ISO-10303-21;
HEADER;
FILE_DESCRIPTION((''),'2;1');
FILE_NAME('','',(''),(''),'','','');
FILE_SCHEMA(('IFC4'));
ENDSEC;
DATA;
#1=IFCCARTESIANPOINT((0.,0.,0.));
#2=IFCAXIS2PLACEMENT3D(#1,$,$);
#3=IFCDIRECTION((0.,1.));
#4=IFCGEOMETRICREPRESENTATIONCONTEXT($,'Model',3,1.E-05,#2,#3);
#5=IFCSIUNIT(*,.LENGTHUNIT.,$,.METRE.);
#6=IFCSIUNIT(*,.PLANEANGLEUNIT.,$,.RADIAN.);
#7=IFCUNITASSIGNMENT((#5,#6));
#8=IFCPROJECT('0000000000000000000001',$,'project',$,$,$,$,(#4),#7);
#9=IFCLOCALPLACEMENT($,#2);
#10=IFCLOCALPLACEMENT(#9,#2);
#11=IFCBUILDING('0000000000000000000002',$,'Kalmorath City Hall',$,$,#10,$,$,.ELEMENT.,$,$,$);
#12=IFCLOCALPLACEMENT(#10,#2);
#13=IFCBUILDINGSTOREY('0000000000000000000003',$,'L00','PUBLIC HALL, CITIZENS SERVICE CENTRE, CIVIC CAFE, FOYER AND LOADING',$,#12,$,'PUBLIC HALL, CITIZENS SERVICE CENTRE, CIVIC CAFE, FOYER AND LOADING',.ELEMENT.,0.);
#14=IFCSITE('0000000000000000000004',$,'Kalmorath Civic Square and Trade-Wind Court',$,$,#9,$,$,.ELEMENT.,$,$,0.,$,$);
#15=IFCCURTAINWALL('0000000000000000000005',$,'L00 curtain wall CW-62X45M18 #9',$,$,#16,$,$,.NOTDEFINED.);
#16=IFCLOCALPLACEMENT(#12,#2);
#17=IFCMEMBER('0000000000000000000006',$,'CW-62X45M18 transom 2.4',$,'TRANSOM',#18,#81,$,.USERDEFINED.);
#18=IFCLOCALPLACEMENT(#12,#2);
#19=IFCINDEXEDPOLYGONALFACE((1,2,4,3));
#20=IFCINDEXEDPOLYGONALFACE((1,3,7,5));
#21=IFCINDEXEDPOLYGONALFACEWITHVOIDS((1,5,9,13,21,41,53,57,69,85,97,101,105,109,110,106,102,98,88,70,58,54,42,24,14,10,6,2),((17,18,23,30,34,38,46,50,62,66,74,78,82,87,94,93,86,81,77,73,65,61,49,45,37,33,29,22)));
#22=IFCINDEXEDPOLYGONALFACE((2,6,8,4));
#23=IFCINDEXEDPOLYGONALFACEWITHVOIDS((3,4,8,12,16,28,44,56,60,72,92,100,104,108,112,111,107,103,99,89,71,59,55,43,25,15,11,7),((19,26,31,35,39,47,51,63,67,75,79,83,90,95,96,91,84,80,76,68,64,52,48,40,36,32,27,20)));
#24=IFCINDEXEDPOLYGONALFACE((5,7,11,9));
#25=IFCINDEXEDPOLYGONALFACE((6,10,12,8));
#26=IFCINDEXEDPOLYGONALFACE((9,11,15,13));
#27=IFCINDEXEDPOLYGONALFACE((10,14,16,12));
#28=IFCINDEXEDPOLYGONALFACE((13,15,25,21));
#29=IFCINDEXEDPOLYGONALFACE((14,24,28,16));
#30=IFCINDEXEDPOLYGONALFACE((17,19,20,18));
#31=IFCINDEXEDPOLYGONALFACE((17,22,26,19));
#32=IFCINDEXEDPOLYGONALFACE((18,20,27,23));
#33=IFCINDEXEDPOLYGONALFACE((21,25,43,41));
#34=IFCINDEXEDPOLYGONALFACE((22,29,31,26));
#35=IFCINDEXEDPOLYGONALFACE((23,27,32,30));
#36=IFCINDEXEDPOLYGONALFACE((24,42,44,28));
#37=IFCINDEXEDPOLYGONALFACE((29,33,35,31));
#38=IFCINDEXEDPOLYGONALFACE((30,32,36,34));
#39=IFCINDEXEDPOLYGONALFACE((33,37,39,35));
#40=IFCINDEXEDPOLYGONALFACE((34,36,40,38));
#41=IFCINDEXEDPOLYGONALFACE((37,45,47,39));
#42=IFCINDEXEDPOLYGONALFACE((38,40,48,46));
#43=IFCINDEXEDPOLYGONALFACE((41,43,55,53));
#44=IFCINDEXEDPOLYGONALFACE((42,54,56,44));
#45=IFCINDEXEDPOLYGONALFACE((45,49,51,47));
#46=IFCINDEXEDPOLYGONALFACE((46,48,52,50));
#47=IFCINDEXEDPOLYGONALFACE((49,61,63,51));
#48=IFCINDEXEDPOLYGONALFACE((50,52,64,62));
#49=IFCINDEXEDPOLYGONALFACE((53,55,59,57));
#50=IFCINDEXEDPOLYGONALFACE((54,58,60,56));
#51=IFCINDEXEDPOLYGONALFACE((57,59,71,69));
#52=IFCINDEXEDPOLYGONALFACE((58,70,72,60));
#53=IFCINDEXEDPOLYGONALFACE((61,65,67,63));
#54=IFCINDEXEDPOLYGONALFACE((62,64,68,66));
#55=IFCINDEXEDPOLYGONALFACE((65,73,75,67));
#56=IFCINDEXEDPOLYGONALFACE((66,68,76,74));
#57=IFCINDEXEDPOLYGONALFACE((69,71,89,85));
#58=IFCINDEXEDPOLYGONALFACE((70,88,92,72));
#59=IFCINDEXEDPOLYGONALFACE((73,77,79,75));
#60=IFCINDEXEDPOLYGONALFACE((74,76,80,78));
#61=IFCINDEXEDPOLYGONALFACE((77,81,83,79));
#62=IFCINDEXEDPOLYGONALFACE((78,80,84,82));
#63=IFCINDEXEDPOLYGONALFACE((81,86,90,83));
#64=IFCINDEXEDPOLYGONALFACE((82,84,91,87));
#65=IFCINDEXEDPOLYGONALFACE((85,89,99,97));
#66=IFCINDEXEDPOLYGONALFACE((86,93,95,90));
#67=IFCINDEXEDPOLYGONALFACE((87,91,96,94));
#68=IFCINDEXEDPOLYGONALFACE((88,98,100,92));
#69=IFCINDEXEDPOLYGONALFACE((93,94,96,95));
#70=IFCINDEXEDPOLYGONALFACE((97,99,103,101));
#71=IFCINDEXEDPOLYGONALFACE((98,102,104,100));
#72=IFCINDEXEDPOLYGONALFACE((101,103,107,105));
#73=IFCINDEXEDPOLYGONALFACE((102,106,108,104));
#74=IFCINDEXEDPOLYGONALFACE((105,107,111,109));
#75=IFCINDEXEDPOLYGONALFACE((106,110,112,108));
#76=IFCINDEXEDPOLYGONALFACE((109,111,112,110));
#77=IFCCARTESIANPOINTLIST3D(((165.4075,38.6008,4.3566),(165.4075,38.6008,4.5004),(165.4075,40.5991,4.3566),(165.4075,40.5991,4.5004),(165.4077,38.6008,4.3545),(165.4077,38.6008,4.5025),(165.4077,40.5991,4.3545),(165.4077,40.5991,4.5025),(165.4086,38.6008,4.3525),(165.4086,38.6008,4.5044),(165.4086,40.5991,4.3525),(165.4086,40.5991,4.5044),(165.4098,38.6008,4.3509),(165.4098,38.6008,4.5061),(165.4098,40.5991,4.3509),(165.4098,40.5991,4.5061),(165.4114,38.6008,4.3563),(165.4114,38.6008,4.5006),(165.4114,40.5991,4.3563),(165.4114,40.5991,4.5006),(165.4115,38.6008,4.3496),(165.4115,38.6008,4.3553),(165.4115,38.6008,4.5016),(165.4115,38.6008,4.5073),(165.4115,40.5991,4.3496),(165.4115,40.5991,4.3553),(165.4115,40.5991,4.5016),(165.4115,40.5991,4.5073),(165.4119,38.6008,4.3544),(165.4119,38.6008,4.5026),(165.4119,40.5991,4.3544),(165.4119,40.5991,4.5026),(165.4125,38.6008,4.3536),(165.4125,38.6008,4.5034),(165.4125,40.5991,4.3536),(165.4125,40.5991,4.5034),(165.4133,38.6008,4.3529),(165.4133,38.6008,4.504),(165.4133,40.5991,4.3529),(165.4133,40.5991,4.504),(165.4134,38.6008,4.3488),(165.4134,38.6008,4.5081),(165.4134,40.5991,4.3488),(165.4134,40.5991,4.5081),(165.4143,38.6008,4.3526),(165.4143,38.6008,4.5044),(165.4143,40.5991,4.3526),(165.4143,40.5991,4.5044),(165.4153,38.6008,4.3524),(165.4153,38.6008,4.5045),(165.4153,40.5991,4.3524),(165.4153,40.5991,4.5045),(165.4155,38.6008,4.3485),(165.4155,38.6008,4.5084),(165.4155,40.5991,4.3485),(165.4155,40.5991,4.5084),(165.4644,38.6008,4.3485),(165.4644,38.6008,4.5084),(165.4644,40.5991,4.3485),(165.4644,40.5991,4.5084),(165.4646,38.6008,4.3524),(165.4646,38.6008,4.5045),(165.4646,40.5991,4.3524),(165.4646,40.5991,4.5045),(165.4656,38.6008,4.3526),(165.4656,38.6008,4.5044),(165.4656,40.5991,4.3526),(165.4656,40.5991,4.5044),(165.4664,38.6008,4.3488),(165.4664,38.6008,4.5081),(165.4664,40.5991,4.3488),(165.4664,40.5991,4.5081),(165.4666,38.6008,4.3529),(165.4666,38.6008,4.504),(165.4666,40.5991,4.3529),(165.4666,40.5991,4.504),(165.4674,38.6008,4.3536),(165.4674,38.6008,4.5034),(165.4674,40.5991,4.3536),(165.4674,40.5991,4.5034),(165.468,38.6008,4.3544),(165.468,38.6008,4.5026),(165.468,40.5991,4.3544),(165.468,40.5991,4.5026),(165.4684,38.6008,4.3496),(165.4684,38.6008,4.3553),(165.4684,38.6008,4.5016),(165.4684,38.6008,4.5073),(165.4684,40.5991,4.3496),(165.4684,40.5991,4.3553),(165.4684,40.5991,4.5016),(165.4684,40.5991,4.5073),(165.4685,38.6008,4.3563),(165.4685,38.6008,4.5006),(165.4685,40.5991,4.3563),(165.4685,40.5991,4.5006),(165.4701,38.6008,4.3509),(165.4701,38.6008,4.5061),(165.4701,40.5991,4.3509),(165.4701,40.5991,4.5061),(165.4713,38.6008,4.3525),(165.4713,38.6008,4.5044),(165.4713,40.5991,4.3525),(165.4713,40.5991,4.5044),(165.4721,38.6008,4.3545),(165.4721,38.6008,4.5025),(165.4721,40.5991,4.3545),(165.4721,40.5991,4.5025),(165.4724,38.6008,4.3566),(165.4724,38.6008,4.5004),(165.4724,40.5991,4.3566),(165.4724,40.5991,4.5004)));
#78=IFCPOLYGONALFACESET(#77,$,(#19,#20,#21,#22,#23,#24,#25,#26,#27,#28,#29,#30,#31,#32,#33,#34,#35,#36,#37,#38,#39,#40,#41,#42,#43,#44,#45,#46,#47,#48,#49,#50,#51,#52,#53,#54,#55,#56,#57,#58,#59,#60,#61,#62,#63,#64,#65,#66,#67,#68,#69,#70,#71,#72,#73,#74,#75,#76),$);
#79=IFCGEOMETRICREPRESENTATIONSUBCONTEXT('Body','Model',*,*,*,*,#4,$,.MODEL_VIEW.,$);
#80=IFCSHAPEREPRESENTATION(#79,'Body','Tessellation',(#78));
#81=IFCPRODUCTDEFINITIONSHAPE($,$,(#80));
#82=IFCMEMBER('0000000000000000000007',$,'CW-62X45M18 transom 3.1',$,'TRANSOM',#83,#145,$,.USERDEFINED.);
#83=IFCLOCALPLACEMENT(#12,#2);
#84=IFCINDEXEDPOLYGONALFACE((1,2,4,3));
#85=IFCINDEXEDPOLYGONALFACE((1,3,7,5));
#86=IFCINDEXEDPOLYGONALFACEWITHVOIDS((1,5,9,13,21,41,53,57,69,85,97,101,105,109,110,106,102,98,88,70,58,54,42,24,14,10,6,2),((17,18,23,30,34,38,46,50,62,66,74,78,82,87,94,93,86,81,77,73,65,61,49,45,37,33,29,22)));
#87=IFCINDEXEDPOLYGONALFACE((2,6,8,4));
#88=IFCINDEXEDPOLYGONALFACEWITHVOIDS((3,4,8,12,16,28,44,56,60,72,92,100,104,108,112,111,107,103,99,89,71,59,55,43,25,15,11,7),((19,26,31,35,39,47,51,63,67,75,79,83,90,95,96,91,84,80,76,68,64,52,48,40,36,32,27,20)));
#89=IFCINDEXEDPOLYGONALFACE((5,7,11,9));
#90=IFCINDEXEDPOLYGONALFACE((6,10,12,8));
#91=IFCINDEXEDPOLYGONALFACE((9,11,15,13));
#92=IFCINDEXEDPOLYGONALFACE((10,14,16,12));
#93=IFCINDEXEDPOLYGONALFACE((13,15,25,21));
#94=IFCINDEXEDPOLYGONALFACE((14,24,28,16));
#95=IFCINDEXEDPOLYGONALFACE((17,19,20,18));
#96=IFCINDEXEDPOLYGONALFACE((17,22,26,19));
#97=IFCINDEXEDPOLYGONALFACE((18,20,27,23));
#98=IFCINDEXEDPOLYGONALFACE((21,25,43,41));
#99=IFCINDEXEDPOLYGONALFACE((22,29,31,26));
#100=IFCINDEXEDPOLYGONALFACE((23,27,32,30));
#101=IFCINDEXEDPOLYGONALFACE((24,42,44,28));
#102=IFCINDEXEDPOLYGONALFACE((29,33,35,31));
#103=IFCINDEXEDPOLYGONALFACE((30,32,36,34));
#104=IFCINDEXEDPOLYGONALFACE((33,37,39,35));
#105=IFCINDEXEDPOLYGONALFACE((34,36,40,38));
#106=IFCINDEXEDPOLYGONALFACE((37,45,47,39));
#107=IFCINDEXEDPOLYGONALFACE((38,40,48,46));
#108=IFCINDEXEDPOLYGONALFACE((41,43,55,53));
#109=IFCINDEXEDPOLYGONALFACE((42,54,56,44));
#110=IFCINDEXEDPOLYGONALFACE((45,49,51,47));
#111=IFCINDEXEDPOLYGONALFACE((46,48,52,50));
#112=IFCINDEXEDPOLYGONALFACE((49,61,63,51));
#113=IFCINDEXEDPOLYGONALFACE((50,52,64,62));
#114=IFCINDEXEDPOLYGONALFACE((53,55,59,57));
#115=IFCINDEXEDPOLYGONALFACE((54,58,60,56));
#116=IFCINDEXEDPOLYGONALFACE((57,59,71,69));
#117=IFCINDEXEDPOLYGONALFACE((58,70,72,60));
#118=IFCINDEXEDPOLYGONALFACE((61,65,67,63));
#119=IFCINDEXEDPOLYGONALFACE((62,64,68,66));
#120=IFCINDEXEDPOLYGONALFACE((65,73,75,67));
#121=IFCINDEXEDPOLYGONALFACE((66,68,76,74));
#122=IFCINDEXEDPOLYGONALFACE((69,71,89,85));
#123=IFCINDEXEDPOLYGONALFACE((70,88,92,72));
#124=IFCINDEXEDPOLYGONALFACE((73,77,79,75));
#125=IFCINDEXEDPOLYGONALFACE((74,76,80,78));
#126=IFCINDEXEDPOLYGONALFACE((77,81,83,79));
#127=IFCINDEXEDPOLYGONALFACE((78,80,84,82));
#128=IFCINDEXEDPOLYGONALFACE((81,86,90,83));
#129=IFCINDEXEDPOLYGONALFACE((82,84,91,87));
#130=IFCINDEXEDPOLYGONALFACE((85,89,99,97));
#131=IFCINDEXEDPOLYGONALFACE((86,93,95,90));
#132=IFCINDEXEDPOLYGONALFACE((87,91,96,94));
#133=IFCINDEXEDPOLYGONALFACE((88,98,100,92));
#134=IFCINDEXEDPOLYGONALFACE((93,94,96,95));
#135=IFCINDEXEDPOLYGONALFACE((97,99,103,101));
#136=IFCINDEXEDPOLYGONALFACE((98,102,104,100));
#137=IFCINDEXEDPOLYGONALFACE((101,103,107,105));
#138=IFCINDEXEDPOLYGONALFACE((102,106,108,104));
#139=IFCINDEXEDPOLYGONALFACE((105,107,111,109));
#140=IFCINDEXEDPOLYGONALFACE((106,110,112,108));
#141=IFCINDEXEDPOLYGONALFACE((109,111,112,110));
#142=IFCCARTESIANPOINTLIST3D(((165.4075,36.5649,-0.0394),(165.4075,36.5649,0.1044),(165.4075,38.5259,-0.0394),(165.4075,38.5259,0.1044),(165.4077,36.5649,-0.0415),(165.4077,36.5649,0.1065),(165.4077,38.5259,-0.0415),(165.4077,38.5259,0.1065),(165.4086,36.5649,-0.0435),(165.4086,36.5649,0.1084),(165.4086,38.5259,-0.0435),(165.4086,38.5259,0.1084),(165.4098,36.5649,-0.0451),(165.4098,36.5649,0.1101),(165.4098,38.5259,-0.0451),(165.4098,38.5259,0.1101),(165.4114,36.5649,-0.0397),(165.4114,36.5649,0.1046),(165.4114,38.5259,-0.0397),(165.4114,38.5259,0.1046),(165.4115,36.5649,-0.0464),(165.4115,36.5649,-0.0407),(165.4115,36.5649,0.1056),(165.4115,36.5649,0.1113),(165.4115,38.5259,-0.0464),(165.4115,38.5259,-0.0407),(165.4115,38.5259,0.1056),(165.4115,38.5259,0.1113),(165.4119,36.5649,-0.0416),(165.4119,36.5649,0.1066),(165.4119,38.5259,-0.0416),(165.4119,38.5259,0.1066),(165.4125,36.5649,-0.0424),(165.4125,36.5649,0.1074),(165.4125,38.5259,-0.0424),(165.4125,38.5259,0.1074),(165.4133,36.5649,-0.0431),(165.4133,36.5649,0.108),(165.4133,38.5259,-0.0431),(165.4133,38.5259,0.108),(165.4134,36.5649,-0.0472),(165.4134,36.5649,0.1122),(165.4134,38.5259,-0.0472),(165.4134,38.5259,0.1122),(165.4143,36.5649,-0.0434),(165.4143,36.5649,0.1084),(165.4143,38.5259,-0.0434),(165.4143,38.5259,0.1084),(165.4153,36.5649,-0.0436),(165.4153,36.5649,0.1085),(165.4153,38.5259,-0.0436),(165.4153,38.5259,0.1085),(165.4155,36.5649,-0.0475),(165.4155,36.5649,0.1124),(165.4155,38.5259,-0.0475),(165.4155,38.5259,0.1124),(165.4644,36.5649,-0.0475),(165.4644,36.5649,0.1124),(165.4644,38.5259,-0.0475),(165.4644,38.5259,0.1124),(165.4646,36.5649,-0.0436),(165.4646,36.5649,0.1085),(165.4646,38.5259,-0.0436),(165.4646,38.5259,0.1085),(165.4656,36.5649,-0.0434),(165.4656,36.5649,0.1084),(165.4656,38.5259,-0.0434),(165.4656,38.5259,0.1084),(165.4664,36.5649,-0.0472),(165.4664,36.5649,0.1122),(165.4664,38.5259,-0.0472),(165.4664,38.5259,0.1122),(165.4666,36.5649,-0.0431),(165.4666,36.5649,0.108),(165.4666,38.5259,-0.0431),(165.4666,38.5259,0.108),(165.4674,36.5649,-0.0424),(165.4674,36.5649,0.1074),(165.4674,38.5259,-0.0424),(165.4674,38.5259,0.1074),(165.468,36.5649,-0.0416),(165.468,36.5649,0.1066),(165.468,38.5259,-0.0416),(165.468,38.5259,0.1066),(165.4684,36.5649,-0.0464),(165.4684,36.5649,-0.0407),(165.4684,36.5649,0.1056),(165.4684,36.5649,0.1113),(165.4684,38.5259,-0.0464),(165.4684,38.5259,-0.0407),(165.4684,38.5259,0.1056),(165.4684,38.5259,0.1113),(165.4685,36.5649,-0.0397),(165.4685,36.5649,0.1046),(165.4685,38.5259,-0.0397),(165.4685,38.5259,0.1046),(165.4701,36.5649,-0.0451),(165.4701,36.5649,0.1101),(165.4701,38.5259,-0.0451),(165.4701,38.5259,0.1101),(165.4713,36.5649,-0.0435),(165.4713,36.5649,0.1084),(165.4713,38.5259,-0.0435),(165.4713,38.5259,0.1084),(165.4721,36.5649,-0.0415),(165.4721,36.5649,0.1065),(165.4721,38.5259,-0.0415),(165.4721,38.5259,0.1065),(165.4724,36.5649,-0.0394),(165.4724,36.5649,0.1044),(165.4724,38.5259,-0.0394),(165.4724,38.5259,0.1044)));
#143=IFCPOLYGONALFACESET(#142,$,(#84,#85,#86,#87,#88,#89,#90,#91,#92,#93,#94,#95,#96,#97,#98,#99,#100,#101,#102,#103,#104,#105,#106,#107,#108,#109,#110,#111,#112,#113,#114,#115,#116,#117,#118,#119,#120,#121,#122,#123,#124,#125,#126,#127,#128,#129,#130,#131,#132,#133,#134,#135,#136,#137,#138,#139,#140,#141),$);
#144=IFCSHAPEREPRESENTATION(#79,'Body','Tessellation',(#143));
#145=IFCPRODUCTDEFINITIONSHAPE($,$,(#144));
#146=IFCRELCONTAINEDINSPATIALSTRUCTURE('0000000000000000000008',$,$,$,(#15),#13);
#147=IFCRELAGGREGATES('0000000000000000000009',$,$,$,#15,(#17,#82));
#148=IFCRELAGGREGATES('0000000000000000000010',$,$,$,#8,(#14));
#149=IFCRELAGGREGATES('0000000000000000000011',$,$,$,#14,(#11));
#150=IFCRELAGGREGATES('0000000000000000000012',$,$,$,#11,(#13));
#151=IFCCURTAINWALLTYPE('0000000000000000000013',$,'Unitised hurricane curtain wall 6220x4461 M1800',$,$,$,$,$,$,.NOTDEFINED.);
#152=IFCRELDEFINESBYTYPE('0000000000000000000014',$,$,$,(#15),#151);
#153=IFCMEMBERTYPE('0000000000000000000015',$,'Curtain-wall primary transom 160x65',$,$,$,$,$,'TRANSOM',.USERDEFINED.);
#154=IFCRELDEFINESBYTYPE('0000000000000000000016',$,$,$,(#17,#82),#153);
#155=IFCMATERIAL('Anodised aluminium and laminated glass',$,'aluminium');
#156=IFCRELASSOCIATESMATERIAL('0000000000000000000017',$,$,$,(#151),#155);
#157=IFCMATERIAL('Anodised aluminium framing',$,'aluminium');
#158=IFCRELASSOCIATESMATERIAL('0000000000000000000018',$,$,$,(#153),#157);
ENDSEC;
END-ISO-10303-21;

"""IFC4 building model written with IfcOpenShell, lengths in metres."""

from ifc_helpers import new_model, si_unit, direction, frame, origin, origin_2d, place, context, subcontext, project, spatial, hollow_rectangle, extrude, material, material_profile, profile_set, type_object, element, aggregate, save


model = new_model("IFC4")

# Units and contexts
model_context = context("Model", 3, precision=1e-05, world=origin(), true_north=direction((0.0, 1.0)))
body_context = subcontext(model_context, "Body", "Model", "MODEL_VIEW")
ifc_project = project(units=[si_unit("LENGTHUNIT", "METRE"), si_unit("PLANEANGLEUNIT", "RADIAN")], contexts=[model_context])

# Site, building, storey
site_placement = place(None, origin())
site = spatial("IfcSite", under=ifc_project, at=site_placement, Name="Kalmorath Civic Square and Trade-Wind Court", CompositionType="ELEMENT", RefElevation=0.0)
building_placement = place(site_placement, origin())
building = spatial("IfcBuilding", under=site, at=building_placement, Name="Kalmorath City Hall", CompositionType="ELEMENT")
storey_placement = place(building_placement, origin())
storey = spatial("IfcBuildingStorey", under=building, at=storey_placement, Name="L00", Description="PUBLIC HALL, CITIZENS SERVICE CENTRE, CIVIC CAFE, FOYER AND LOADING", LongName="PUBLIC HALL, CITIZENS SERVICE CENTRE, CIVIC CAFE, FOYER AND LOADING", CompositionType="ELEMENT", Elevation=0.0)

# Curtain wall, members
ifc_material_1 = material(Name="Anodised aluminium and laminated glass", Category="aluminium")
curtain_wall_type = type_object("IfcCurtainWallType", Name="Unitised hurricane curtain wall 6220x4461 M1800", PredefinedType="NOTDEFINED", material=ifc_material_1)
curtain_wall_placement = place(storey_placement, origin())
curtain_wall = element("IfcCurtainWall", 1, at=curtain_wall_placement, inside=storey, type_object=curtain_wall_type, Name="L00 curtain wall CW-62X45M18 #9", PredefinedType="NOTDEFINED")
ifc_material_2 = material(Name="Anodised aluminium framing", Category="aluminium")
ifc_material_profile_1 = material_profile(ifc_material_2, hollow_rectangle(XDim=0.0649, YDim=0.1599, WallThickness=0.0039, InnerFilletRadius=0.0039, OuterFilletRadius=0.0081, at=origin_2d()), Name="ALU-TRN-160X65X4")
ifc_profile_set_1 = profile_set([ifc_material_profile_1], Name="Anodised aluminium framing")
member_type_1 = type_object("IfcMemberType", Name="Curtain-wall primary transom 160x65", ElementType="TRANSOM", PredefinedType="USERDEFINED", material=ifc_profile_set_1)
member_1_placement = place(storey_placement, frame((165.4399, 40.5991, 4.4285), z_axis=(0.0, -1.0, 0.0), x_axis=(1.0, 0.0, 0.0)))
member_1 = element("IfcMember", 2, at=member_1_placement, type_object=member_type_1, Name="CW-62X45M18 transom 2.4", ObjectType="TRANSOM", PredefinedType="USERDEFINED", context=body_context, shape_type="SweptSolid", body=[
    extrude(hollow_rectangle(XDim=0.0649, YDim=0.1599, WallThickness=0.0039, InnerFilletRadius=0.0039, OuterFilletRadius=0.0081, at=origin_2d()), origin(), (0.0, 0.0, 1.0), 1.9983),
])
member_2_placement = place(storey_placement, frame((165.4399, 38.5259, 0.0325), z_axis=(0.0, -1.0, 0.0), x_axis=(1.0, 0.0, 0.0)))
member_2 = element("IfcMember", 3, at=member_2_placement, type_object=member_type_1, Name="CW-62X45M18 transom 3.1", ObjectType="TRANSOM", PredefinedType="USERDEFINED", context=body_context, shape_type="SweptSolid", body=[
    extrude(hollow_rectangle(XDim=0.0649, YDim=0.1599, WallThickness=0.0039, InnerFilletRadius=0.0039, OuterFilletRadius=0.0081, at=origin_2d()), origin(), (0.0, 0.0, 1.0), 1.9609),
])
aggregate(curtain_wall, [member_1, member_2])

save(model, "model.ifc")
